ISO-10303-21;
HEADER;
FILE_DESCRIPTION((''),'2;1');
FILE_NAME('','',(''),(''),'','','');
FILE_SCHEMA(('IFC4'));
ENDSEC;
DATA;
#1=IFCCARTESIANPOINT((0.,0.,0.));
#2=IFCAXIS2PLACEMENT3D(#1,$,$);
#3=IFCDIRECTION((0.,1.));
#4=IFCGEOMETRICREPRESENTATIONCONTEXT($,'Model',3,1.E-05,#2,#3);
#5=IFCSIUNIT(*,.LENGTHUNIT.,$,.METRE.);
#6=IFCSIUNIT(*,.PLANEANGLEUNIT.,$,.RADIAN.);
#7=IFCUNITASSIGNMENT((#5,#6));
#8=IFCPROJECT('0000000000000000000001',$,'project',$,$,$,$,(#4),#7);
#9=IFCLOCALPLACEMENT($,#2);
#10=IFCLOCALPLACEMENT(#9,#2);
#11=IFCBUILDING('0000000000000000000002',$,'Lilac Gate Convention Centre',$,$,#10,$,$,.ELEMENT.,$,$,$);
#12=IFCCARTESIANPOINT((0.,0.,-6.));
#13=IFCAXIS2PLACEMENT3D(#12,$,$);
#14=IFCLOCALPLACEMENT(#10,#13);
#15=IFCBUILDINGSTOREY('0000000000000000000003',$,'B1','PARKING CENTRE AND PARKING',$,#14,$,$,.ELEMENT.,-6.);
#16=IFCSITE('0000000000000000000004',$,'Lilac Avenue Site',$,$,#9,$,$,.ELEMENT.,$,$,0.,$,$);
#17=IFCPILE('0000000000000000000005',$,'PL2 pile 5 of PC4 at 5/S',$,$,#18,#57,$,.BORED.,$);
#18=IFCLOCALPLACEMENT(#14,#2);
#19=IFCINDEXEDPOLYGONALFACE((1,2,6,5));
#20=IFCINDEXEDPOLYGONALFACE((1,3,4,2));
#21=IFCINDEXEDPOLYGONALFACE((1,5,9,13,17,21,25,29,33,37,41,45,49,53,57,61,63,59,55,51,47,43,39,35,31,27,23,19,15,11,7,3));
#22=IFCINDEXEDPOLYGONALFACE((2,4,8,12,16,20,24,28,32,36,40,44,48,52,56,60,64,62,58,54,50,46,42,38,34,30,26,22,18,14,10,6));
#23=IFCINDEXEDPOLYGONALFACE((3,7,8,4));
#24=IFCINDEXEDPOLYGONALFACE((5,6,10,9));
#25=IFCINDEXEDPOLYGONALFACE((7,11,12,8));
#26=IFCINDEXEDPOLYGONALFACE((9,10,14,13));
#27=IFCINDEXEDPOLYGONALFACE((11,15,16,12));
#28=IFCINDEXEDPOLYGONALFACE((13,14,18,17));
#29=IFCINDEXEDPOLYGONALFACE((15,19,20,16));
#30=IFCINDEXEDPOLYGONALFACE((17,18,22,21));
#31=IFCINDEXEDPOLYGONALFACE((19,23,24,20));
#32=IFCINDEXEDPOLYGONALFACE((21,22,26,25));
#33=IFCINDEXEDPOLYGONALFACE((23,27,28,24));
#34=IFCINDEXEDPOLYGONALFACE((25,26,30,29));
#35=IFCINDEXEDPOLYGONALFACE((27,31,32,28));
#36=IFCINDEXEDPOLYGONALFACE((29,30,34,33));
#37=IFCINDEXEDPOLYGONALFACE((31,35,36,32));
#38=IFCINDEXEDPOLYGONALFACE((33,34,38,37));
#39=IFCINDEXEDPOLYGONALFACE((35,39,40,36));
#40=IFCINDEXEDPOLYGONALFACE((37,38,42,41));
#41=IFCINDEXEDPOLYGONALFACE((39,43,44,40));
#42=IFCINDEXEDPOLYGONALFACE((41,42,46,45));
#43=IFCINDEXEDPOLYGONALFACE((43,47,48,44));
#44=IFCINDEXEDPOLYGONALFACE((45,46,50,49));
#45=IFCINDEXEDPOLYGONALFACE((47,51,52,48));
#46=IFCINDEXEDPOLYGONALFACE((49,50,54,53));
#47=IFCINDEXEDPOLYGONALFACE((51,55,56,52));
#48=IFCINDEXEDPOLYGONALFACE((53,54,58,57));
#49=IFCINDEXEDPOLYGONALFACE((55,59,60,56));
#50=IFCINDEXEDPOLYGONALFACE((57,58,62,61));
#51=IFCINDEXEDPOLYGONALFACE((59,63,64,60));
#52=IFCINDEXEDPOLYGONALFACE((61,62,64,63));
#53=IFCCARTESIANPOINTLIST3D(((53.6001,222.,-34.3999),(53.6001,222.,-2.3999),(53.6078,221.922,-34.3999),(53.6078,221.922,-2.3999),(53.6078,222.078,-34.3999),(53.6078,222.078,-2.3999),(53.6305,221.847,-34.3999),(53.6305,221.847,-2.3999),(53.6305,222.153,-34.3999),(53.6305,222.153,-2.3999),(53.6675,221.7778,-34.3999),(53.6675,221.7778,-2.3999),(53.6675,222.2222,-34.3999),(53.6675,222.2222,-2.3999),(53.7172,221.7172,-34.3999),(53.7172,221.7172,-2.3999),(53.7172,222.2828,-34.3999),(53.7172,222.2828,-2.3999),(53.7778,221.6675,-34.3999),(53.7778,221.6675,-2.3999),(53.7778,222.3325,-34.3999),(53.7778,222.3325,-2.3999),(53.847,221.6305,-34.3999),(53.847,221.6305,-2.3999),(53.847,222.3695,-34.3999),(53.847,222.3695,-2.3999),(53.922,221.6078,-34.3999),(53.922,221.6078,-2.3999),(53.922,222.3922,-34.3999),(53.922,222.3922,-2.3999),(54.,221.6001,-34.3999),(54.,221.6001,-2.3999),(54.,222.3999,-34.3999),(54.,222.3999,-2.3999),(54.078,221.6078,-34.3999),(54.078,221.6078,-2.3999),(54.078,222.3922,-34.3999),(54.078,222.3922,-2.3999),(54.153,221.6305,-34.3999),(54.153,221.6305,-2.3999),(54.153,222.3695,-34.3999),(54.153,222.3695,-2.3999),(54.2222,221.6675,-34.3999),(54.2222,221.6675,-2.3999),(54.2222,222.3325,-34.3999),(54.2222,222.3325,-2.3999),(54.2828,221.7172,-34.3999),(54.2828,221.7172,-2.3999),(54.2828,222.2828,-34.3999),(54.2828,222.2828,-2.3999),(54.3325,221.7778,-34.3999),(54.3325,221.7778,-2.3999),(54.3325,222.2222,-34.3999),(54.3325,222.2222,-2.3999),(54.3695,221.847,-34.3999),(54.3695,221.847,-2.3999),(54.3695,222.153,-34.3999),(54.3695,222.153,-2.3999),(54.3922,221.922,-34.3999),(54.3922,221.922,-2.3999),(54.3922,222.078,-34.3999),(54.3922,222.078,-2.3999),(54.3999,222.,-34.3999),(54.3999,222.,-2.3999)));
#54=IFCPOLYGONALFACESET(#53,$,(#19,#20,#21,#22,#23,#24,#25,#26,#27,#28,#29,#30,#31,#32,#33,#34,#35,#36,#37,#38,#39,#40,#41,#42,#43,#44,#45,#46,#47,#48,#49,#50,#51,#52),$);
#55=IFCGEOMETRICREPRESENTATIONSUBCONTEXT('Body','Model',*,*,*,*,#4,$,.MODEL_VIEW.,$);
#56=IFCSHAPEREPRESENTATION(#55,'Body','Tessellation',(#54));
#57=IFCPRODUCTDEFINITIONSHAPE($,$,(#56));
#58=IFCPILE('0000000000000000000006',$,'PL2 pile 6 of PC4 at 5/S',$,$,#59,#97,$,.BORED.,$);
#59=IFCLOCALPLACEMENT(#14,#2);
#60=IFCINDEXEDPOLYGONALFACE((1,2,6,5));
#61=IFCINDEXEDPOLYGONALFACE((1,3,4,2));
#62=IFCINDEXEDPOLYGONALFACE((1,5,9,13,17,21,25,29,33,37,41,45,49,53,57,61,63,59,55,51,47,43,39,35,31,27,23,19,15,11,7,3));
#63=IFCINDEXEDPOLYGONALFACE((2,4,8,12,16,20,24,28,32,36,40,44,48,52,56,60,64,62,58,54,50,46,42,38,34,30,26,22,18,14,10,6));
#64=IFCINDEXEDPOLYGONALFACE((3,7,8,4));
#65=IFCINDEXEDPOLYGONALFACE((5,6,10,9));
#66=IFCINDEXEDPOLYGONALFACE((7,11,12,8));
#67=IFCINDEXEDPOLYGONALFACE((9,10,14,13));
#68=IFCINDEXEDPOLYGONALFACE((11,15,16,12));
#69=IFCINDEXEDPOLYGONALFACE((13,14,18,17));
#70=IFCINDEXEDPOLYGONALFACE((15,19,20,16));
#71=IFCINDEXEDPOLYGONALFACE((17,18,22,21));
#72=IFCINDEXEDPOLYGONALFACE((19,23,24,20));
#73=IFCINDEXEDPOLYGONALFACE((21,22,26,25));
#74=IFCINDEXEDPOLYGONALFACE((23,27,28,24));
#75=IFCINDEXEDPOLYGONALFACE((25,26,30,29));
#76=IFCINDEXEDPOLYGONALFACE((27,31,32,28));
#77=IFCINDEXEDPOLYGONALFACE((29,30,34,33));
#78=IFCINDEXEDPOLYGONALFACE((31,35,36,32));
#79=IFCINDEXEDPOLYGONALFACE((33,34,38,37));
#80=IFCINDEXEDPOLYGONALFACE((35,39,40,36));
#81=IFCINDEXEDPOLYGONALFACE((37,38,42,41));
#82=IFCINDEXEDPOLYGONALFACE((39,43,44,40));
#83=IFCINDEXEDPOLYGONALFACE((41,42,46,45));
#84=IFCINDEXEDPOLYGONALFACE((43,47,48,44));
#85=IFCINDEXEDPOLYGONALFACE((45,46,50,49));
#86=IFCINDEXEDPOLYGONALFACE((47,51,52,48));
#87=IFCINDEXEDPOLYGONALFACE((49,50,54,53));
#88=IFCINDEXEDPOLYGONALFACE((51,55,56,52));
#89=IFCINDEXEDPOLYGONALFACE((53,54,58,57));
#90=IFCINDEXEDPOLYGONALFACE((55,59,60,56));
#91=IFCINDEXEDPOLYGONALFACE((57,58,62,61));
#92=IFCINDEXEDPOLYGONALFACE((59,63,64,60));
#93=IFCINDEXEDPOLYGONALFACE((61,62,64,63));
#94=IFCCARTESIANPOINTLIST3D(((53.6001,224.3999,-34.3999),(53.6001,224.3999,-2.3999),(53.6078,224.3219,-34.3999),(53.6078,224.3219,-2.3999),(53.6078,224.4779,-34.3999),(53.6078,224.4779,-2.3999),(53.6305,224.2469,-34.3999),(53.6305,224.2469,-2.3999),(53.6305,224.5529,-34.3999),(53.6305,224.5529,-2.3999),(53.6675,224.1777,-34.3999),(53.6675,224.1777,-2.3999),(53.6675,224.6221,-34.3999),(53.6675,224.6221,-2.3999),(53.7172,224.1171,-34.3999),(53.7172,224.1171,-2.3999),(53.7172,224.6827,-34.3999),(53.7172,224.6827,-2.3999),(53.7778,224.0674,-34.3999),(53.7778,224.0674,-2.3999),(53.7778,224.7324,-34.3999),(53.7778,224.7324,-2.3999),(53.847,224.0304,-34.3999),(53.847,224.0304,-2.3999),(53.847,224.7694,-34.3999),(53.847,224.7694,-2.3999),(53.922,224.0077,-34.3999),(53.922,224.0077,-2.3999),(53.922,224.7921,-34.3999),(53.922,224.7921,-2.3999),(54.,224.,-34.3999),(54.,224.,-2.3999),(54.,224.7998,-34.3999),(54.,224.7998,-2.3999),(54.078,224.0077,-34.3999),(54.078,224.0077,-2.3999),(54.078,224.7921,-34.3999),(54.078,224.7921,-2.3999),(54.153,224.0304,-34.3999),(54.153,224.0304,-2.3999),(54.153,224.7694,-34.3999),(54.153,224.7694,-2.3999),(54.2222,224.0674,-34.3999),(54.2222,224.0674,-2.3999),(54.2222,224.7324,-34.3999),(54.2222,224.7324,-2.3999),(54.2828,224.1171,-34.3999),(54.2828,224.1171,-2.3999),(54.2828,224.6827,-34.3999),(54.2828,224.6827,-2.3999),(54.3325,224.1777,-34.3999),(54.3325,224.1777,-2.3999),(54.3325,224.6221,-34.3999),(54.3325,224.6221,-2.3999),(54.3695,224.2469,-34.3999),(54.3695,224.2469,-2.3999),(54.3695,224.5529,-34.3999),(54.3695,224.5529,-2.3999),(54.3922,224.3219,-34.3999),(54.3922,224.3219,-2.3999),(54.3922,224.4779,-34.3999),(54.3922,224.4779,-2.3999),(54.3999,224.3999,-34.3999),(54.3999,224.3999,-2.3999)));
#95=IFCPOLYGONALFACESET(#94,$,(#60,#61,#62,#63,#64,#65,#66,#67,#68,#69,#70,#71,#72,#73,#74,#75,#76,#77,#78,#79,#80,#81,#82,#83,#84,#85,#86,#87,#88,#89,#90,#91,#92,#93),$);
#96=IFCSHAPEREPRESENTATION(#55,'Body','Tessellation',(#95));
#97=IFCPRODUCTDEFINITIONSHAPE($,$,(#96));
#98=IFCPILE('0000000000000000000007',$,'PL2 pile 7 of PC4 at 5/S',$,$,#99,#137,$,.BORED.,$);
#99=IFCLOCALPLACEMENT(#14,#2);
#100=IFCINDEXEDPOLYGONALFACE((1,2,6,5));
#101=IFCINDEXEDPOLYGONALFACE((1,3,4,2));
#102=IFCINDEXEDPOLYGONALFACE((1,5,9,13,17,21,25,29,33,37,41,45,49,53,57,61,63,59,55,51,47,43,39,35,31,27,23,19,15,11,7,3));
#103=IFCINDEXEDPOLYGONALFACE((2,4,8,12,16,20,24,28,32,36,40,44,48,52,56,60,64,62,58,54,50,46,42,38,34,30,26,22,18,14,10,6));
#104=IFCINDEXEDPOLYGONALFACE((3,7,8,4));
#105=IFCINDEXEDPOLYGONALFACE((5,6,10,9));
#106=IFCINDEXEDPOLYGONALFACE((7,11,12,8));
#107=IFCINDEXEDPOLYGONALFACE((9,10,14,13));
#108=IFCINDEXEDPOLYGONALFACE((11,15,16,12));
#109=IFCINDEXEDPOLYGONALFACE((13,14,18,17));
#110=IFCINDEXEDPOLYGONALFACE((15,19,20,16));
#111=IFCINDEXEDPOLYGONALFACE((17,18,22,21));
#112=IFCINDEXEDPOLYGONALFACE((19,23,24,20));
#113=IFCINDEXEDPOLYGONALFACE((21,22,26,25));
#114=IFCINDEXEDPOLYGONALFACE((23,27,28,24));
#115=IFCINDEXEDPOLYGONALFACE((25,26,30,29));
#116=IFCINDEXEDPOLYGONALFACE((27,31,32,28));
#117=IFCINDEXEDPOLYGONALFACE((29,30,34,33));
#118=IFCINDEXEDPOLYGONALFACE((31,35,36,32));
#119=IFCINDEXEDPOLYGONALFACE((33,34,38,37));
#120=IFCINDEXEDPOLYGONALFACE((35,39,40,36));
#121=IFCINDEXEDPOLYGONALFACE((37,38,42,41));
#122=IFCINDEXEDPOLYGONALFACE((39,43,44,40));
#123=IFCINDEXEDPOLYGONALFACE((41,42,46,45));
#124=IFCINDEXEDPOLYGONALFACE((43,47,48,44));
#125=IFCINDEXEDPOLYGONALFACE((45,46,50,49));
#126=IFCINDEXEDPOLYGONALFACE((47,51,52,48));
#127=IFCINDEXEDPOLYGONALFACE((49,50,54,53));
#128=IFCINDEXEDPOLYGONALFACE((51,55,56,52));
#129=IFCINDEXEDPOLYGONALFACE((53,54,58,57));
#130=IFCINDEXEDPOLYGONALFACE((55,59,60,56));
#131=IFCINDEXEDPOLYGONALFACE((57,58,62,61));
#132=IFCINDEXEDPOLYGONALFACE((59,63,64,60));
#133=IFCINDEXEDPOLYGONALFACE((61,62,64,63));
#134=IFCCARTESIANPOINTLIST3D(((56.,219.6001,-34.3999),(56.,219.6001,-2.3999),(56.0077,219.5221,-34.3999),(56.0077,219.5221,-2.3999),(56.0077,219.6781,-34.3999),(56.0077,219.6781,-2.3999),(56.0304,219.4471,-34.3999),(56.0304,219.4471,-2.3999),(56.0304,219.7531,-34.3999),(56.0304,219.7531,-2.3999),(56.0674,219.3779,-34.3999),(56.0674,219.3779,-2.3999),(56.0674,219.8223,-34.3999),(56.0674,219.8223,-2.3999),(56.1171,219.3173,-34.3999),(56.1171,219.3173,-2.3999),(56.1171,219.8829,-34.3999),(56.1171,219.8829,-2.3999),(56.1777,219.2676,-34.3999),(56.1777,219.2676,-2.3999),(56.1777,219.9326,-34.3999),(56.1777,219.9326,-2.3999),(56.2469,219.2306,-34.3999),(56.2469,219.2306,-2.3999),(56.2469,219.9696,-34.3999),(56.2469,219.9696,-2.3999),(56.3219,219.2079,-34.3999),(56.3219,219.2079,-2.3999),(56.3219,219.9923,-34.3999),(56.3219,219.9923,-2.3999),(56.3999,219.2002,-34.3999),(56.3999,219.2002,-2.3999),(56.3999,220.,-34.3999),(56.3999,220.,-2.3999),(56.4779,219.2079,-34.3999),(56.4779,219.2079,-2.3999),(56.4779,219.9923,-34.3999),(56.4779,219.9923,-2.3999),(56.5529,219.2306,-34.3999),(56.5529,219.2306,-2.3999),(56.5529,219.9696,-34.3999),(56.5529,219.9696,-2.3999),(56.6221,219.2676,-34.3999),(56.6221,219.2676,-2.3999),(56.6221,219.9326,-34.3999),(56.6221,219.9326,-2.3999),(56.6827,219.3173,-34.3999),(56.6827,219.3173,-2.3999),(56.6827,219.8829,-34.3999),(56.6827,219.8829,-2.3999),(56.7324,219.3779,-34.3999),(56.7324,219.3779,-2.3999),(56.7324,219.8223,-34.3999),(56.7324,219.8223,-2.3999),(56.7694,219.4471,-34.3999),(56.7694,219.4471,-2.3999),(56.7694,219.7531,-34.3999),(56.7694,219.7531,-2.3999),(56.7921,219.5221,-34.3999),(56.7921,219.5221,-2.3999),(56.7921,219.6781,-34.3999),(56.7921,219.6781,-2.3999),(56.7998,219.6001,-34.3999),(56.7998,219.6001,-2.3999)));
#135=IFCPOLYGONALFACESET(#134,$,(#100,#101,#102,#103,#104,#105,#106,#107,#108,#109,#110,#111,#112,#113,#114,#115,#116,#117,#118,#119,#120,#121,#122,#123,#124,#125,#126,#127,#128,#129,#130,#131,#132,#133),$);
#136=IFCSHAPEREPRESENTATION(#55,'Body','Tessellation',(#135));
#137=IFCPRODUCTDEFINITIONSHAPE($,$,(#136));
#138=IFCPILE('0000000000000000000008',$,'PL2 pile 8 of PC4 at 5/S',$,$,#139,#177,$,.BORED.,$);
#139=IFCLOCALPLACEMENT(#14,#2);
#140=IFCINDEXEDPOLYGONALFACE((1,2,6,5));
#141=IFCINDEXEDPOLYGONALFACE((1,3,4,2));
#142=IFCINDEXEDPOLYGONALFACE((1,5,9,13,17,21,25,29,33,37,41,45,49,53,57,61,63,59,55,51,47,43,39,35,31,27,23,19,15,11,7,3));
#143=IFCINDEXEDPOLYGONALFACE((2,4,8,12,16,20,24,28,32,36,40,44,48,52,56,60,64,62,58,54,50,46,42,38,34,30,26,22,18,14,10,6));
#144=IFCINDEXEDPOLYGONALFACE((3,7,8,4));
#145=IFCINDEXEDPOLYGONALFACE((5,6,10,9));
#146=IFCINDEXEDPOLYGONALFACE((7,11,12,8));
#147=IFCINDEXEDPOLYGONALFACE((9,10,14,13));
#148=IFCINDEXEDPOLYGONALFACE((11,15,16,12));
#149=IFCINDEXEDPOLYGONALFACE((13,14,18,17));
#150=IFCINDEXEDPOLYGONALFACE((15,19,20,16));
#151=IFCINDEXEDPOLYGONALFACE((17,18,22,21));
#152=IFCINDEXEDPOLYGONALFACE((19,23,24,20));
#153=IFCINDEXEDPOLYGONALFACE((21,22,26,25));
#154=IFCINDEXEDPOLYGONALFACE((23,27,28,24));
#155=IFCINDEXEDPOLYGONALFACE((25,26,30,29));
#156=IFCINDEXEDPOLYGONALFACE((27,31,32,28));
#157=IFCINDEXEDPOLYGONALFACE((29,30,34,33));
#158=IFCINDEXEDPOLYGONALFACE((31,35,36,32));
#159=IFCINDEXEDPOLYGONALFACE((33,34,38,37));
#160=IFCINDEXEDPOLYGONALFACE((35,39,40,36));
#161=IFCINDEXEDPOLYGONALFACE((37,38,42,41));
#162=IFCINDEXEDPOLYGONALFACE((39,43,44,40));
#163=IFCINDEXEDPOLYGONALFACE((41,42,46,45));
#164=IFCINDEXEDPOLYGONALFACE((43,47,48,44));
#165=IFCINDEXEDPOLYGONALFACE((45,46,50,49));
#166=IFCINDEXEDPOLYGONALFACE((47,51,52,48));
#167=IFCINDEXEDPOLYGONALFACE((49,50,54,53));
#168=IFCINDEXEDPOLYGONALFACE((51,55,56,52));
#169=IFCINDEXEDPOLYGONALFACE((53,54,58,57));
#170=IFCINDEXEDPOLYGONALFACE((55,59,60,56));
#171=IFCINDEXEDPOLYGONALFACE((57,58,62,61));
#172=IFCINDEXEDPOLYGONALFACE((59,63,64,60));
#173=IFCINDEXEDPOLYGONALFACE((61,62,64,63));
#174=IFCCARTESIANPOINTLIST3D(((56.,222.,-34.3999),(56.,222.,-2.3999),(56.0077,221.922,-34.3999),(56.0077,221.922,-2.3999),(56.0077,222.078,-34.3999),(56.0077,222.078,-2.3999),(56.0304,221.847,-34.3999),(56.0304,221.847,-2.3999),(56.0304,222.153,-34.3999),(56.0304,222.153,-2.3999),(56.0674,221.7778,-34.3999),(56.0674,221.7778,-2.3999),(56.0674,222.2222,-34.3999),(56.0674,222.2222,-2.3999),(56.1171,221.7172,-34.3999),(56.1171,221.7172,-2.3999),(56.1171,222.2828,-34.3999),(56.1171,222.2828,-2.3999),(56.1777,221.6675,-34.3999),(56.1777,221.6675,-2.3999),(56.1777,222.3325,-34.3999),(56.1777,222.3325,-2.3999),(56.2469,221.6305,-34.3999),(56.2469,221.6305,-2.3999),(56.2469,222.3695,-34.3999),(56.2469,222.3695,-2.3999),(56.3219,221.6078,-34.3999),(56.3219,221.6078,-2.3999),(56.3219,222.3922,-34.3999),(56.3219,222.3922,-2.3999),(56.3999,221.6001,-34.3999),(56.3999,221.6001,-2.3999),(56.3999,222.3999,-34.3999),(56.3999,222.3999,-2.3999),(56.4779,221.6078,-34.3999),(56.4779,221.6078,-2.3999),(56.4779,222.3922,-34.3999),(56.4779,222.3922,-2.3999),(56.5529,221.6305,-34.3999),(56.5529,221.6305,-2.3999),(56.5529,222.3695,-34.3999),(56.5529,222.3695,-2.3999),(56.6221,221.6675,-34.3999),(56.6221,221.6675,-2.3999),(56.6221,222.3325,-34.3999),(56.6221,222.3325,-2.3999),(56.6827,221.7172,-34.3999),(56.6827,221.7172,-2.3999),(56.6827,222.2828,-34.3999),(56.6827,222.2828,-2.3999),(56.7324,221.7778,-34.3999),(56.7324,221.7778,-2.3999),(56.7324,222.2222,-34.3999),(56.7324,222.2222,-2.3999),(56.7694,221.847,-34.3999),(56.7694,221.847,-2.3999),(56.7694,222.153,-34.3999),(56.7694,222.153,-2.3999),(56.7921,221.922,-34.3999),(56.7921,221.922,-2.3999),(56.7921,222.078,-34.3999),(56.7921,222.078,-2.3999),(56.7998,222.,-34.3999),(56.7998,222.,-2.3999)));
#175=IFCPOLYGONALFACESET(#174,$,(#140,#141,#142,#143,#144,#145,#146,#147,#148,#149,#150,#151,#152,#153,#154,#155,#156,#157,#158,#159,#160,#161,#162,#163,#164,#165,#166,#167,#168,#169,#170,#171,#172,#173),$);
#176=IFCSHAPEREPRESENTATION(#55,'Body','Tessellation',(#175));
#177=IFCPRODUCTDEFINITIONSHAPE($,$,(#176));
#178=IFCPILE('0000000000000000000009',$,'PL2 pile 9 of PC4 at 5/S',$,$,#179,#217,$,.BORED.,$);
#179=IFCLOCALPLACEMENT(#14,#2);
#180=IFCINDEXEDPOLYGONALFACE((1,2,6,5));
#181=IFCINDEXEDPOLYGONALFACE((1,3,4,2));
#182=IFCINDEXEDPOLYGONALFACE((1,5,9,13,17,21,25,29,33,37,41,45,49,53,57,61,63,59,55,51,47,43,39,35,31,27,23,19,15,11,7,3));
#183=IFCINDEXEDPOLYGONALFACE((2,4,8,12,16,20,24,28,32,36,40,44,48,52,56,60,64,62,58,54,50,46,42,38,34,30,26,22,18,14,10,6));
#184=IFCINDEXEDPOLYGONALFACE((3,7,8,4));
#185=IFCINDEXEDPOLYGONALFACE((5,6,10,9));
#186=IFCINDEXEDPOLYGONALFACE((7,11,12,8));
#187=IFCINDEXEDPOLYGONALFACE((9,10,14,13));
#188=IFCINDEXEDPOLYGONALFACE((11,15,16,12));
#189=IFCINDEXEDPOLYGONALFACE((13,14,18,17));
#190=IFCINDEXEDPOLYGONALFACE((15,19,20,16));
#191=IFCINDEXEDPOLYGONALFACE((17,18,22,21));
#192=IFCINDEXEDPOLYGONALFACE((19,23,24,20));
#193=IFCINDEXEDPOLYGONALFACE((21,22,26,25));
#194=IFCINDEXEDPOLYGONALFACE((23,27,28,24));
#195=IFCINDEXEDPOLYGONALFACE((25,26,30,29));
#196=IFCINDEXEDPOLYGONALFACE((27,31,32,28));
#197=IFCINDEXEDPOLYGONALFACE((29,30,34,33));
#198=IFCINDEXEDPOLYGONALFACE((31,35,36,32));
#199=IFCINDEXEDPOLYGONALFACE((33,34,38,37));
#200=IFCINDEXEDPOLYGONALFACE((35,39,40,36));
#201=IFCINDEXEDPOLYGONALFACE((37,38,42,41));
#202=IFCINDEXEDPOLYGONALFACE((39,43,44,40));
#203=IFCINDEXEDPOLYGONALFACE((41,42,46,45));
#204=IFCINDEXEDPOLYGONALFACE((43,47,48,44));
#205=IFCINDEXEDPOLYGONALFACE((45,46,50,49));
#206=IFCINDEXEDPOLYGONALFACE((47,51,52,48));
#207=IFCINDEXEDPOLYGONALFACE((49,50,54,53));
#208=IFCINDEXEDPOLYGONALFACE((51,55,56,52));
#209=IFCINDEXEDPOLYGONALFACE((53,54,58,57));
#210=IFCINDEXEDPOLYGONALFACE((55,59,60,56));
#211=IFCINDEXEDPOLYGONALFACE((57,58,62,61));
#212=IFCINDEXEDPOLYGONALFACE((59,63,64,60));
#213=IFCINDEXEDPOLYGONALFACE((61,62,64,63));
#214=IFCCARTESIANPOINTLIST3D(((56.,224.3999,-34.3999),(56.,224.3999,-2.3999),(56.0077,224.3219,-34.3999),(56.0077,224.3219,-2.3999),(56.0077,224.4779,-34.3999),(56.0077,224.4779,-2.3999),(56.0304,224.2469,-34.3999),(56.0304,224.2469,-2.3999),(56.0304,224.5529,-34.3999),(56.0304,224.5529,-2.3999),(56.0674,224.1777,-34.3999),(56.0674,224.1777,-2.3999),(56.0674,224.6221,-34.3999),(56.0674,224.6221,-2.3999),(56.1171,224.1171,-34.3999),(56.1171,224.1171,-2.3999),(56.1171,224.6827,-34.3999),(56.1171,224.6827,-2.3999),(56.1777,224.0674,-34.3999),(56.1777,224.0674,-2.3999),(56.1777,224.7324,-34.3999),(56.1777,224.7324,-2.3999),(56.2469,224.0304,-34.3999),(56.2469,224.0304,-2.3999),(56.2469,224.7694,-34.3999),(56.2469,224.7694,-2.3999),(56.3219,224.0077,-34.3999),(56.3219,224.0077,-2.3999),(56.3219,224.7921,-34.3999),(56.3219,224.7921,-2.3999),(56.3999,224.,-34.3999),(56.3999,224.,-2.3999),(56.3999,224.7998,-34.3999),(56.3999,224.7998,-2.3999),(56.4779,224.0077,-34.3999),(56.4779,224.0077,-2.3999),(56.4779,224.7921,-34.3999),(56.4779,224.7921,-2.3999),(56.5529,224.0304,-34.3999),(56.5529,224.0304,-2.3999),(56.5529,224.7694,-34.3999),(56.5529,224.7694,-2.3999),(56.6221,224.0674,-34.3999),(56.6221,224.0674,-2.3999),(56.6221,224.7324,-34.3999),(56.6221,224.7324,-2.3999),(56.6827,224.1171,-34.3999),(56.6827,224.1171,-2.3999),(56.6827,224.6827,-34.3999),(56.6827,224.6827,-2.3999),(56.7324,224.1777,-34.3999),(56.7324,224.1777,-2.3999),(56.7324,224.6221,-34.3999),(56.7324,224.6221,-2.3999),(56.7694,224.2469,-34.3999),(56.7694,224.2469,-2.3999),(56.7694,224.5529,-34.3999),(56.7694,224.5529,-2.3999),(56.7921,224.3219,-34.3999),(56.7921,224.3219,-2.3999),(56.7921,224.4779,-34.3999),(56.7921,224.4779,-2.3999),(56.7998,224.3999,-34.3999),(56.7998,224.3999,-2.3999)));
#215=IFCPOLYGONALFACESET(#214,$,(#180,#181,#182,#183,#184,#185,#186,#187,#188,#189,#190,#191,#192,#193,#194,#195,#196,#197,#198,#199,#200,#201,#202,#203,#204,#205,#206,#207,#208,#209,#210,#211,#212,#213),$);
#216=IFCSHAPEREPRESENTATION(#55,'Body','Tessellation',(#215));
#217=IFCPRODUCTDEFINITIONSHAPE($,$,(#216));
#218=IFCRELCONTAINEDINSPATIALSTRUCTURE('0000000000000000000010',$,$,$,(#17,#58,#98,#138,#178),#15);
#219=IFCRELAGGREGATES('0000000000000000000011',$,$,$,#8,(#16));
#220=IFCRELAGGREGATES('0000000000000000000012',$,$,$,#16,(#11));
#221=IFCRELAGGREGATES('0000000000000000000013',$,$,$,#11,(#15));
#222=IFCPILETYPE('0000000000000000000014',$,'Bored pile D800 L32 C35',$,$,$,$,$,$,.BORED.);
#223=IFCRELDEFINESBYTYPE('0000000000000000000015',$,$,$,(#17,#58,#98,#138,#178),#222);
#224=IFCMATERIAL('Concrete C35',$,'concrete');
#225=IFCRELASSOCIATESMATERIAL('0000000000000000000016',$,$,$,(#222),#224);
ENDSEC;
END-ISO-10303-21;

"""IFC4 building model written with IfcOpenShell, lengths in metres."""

from ifc_helpers import new_model, si_unit, direction, frame, origin, origin_2d, place, context, subcontext, project, spatial, circle, extrude, material, material_profile, profile_set, type_object, element, save


model = new_model("IFC4")

# Units and contexts
model_context = context("Model", 3, precision=1e-05, world=origin(), true_north=direction((0.0, 1.0)))
body_context = subcontext(model_context, "Body", "Model", "MODEL_VIEW")
ifc_project = project(units=[si_unit("LENGTHUNIT", "METRE"), si_unit("PLANEANGLEUNIT", "RADIAN")], contexts=[model_context])

# Site, building, storey
site_placement = place(None, origin())
site = spatial("IfcSite", under=ifc_project, at=site_placement, Name="Lilac Avenue Site", CompositionType="ELEMENT", RefElevation=0.0)
building_placement = place(site_placement, origin())
building = spatial("IfcBuilding", under=site, at=building_placement, Name="Lilac Gate Convention Centre", CompositionType="ELEMENT")
storey_placement = place(building_placement, frame((0.0, 0.0, -6.0)))
storey = spatial("IfcBuildingStorey", under=building, at=storey_placement, Name="B1", Description="PARKING CENTRE AND PARKING", CompositionType="ELEMENT", Elevation=-6.0)

# Piles
ifc_material_1 = material(Name="Concrete C35", Category="concrete")
ifc_material_profile_1 = material_profile(ifc_material_1, circle(Radius=0.3999, at=origin_2d()), Name="D800")
ifc_profile_set_1 = profile_set([ifc_material_profile_1], Name="Concrete C35")
pile_type = type_object("IfcPileType", Name="Bored pile D800 L32 C35", PredefinedType="BORED", material=ifc_profile_set_1)
for number, where, z_axis, x_axis, name in (
    (1, (54.0, 222.0, -2.3999), (0.0, 0.0, -1.0), (1.0, 0.0, 0.0), "PL2 pile 5 of PC4 at 5/S"),
    (2, (54.0, 224.3999, -2.3999), (0.0, 0.0, -1.0), (1.0, 0.0, 0.0), "PL2 pile 6 of PC4 at 5/S"),
    (3, (56.3999, 219.6001, -2.3999), (0.0, 0.0, -1.0), (1.0, 0.0, 0.0), "PL2 pile 7 of PC4 at 5/S"),
    (4, (56.3999, 222.0, -2.3999), (0.0, 0.0, -1.0), (1.0, 0.0, 0.0), "PL2 pile 8 of PC4 at 5/S"),
    (5, (56.3999, 224.3999, -2.3999), (0.0, 0.0, -1.0), (1.0, 0.0, 0.0), "PL2 pile 9 of PC4 at 5/S"),
):
    element("IfcPile", number, at=place(storey_placement, frame(where, z_axis=z_axis, x_axis=x_axis)), inside=storey, type_object=pile_type, Name=name, PredefinedType="BORED", context=body_context, shape_type="SweptSolid", body=[
        extrude(circle(Radius=0.3999, at=origin_2d()), origin(), (0.0, 0.0, 1.0), 32.0),
    ])

save(model, "model.ifc")
